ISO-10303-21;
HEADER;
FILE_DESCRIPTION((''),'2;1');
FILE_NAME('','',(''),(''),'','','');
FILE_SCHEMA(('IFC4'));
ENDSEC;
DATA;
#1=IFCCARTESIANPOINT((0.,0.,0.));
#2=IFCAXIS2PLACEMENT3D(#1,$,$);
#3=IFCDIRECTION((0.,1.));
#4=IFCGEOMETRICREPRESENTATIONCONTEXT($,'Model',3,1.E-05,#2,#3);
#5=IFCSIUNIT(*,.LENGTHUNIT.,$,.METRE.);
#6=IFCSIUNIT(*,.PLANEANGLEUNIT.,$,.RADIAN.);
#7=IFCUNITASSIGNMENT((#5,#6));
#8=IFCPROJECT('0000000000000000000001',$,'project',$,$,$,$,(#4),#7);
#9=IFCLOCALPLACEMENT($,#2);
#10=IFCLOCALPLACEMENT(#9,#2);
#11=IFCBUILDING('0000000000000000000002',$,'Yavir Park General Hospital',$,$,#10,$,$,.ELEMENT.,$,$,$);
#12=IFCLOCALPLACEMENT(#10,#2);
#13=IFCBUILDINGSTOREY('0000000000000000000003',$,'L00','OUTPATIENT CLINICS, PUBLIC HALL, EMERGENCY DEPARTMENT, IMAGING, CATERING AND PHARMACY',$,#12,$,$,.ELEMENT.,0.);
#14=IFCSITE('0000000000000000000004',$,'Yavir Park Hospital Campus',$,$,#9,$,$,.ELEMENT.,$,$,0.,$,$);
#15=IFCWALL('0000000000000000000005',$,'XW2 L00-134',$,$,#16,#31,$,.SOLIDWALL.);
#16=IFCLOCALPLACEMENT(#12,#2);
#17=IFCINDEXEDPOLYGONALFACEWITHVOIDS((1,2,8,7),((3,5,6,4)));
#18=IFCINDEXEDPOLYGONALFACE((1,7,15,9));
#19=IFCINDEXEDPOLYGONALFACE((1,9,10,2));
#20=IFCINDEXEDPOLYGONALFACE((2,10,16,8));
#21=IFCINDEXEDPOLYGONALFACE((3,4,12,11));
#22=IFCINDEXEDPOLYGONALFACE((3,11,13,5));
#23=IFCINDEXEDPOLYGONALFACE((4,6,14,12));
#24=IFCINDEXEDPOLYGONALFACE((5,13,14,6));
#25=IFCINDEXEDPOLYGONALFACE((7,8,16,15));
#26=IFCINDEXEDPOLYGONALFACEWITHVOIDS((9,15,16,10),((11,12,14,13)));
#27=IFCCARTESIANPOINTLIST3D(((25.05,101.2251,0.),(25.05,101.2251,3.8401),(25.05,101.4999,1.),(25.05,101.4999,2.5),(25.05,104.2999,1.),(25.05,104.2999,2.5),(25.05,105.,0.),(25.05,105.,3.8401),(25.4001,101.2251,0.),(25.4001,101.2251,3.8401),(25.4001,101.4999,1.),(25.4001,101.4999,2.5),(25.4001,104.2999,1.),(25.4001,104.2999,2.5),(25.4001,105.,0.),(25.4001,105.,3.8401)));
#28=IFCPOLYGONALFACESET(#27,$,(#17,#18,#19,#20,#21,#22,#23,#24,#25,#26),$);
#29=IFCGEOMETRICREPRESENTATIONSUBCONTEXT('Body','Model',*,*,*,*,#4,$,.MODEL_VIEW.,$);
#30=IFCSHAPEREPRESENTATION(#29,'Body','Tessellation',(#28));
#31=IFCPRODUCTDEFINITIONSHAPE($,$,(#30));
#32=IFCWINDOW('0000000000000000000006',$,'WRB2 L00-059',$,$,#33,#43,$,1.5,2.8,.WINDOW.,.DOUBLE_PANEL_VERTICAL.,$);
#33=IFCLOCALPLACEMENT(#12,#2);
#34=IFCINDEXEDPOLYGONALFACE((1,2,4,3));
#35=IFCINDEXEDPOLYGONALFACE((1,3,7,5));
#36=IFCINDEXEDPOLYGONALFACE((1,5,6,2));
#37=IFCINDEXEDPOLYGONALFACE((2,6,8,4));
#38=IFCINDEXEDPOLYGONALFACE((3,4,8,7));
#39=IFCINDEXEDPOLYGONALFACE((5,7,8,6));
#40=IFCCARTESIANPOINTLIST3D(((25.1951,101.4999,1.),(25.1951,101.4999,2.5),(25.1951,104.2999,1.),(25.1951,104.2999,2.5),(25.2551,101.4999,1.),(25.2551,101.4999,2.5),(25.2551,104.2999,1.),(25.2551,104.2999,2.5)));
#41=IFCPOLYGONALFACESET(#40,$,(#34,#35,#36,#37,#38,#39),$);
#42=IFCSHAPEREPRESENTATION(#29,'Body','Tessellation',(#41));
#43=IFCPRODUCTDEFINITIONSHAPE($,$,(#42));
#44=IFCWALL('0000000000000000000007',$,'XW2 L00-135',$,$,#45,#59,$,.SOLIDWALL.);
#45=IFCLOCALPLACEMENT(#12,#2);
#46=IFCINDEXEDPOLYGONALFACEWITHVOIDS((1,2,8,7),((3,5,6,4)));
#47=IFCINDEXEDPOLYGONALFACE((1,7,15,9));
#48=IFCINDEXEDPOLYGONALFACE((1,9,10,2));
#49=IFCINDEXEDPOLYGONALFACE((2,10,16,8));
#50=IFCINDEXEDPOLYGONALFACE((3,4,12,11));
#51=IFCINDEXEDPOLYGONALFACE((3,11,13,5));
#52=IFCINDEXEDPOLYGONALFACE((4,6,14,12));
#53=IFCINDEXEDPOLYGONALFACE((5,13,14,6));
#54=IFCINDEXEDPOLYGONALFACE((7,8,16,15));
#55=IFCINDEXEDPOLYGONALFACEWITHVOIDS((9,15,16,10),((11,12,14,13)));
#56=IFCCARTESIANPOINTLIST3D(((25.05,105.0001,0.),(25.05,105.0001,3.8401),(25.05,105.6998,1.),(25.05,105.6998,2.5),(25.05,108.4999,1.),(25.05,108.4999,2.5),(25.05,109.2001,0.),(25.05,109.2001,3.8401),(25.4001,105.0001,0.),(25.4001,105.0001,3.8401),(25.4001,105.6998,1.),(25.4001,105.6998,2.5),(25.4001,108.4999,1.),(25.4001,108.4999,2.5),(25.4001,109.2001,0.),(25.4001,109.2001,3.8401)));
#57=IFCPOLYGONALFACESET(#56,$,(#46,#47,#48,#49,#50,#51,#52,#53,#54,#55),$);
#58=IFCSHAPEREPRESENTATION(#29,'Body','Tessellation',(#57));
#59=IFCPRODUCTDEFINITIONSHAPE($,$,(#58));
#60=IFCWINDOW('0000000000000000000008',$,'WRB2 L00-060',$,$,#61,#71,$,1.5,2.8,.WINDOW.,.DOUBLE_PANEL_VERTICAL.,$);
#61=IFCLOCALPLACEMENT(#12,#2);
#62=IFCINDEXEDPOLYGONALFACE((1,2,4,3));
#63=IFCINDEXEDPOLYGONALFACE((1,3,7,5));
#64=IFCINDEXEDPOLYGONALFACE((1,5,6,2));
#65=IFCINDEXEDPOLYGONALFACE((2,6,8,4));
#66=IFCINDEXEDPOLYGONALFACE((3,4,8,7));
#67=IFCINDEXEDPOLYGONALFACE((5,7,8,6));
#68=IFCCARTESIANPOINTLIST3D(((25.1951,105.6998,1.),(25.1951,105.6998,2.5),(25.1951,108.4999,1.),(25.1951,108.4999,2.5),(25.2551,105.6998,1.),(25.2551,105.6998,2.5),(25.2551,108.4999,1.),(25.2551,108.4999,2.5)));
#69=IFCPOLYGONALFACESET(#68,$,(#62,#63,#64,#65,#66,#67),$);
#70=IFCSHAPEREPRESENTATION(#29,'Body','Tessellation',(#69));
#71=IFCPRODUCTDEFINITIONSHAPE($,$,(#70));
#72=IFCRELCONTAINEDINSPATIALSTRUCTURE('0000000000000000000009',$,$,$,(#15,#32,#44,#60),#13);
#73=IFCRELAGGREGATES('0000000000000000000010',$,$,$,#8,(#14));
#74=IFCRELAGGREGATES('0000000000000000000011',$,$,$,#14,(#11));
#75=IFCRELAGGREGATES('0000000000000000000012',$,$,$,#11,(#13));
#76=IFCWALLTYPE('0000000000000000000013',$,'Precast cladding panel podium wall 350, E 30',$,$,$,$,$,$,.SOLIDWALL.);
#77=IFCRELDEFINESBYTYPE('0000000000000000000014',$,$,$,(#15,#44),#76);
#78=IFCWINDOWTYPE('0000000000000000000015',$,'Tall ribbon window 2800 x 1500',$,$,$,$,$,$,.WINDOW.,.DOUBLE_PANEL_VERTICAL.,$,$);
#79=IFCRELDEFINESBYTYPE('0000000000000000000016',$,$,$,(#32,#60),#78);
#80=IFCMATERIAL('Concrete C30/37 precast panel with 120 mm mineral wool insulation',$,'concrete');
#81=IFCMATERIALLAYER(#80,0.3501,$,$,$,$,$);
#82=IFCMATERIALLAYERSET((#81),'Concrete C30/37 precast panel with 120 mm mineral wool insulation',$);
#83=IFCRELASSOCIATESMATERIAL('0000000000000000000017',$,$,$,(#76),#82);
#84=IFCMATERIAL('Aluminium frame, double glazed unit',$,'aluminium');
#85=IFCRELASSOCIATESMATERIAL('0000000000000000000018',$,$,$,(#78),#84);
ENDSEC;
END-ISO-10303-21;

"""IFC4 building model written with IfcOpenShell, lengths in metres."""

from ifc_helpers import new_model, si_unit, direction, frame, frame_2d, origin, place, context, subcontext, project, spatial, rectangle, extrude, material, layer, layer_set, type_object, element, fill, save


model = new_model("IFC4")

# Units and contexts
model_context = context("Model", 3, precision=1e-05, world=origin(), true_north=direction((0.0, 1.0)))
body_context = subcontext(model_context, "Body", "Model", "MODEL_VIEW")
ifc_project = project(units=[si_unit("LENGTHUNIT", "METRE"), si_unit("PLANEANGLEUNIT", "RADIAN")], contexts=[model_context])

# Site, building, storey
site_placement = place(None, origin())
site = spatial("IfcSite", under=ifc_project, at=site_placement, Name="Yavir Park Hospital Campus", CompositionType="ELEMENT", RefElevation=0.0)
building_placement = place(site_placement, origin())
building = spatial("IfcBuilding", under=site, at=building_placement, Name="Yavir Park General Hospital", CompositionType="ELEMENT")
storey_placement = place(building_placement, origin())
storey = spatial("IfcBuildingStorey", under=building, at=storey_placement, Name="L00", Description="OUTPATIENT CLINICS, PUBLIC HALL, EMERGENCY DEPARTMENT, IMAGING, CATERING AND PHARMACY", CompositionType="ELEMENT", Elevation=0.0)

# Walls, openings, windows
ifc_material_1 = material(Name="Concrete C30/37 precast panel with 120 mm mineral wool insulation", Category="concrete")
ifc_layer_1 = layer(ifc_material_1, 0.3501)
ifc_layer_set_1 = layer_set([ifc_layer_1], Name="Concrete C30/37 precast panel with 120 mm mineral wool insulation")
wall_type_1 = type_object("IfcWallType", Name="Precast cladding panel podium wall 350, E 30", PredefinedType="SOLIDWALL", material=ifc_layer_set_1)
wall_1_placement = place(storey_placement, frame((25.2251, 101.2251, 0.0), z_axis=(0.0, 0.0, 1.0), x_axis=(0.0, 1.0, 0.0)))
wall_1 = element("IfcWall", 1, at=wall_1_placement, inside=storey, type_object=wall_type_1, Name="XW2 L00-134", PredefinedType="SOLIDWALL", context=body_context, shape_type="SweptSolid", body=[
    extrude(rectangle(XDim=3.7749, YDim=0.3501, at=frame_2d((1.8875, 0.0))), origin(), (0.0, 0.0, 1.0), 3.8401),
])
opening_1_placement = place(wall_1_placement, frame((0.2749, 0.0, 1.0)))
opening_1 = element("IfcOpeningElement", 2, at=opening_1_placement, cuts=wall_1, PredefinedType="OPENING", context=body_context, shape_type="SweptSolid", body=[
    extrude(rectangle(XDim=2.8, YDim=1.5, at=frame_2d((1.3999, 0.75))), frame((0.0, 0.1851, 0.0), z_axis=(0.0, -1.0, 0.0), x_axis=(1.0, 0.0, 0.0)), (0.0, 0.0, 1.0), 0.3701),
])
ifc_material_2 = material(Name="Aluminium frame, double glazed unit", Category="aluminium")
window_type = type_object("IfcWindowType", Name="Tall ribbon window 2800 x 1500", PartitioningType="DOUBLE_PANEL_VERTICAL", PredefinedType="WINDOW", material=ifc_material_2)
window_1_placement = place(opening_1_placement, origin())
window_1 = element("IfcWindow", 3, at=window_1_placement, inside=storey, type_object=window_type, Name="WRB2 L00-059", OverallHeight=1.5, OverallWidth=2.8, PartitioningType="DOUBLE_PANEL_VERTICAL", PredefinedType="WINDOW", context=body_context, shape_type="SweptSolid", body=[
    extrude(rectangle(XDim=2.8, YDim=1.5, at=frame_2d((1.3999, 0.75))), frame((0.0, 0.03, 0.0), z_axis=(0.0, -1.0, 0.0), x_axis=(1.0, 0.0, 0.0)), (0.0, 0.0, 1.0), 0.0601),
])
fill(opening_1, window_1)
wall_2_placement = place(storey_placement, frame((25.2251, 105.0, 0.0), z_axis=(0.0, 0.0, 1.0), x_axis=(0.0, 1.0, 0.0)))
wall_2 = element("IfcWall", 4, at=wall_2_placement, inside=storey, type_object=wall_type_1, Name="XW2 L00-135", PredefinedType="SOLIDWALL", context=body_context, shape_type="SweptSolid", body=[
    extrude(rectangle(XDim=4.2, YDim=0.3501, at=frame_2d((2.1001, 0.0))), origin(), (0.0, 0.0, 1.0), 3.8401),
])
opening_2_placement = place(wall_2_placement, frame((0.7, 0.0, 1.0)))
opening_2 = element("IfcOpeningElement", 5, at=opening_2_placement, cuts=wall_2, PredefinedType="OPENING", context=body_context, shape_type="SweptSolid", body=[
    extrude(rectangle(XDim=2.8, YDim=1.5, at=frame_2d((1.3999, 0.75))), frame((0.0, 0.1851, 0.0), z_axis=(0.0, -1.0, 0.0), x_axis=(1.0, 0.0, 0.0)), (0.0, 0.0, 1.0), 0.3701),
])
window_2_placement = place(opening_2_placement, origin())
window_2 = element("IfcWindow", 6, at=window_2_placement, inside=storey, type_object=window_type, Name="WRB2 L00-060", OverallHeight=1.5, OverallWidth=2.8, PartitioningType="DOUBLE_PANEL_VERTICAL", PredefinedType="WINDOW", context=body_context, shape_type="SweptSolid", body=[
    extrude(rectangle(XDim=2.8, YDim=1.5, at=frame_2d((1.3999, 0.75))), frame((0.0, 0.03, 0.0), z_axis=(0.0, -1.0, 0.0), x_axis=(1.0, 0.0, 0.0)), (0.0, 0.0, 1.0), 0.0601),
])
fill(opening_2, window_2)

save(model, "model.ifc")
